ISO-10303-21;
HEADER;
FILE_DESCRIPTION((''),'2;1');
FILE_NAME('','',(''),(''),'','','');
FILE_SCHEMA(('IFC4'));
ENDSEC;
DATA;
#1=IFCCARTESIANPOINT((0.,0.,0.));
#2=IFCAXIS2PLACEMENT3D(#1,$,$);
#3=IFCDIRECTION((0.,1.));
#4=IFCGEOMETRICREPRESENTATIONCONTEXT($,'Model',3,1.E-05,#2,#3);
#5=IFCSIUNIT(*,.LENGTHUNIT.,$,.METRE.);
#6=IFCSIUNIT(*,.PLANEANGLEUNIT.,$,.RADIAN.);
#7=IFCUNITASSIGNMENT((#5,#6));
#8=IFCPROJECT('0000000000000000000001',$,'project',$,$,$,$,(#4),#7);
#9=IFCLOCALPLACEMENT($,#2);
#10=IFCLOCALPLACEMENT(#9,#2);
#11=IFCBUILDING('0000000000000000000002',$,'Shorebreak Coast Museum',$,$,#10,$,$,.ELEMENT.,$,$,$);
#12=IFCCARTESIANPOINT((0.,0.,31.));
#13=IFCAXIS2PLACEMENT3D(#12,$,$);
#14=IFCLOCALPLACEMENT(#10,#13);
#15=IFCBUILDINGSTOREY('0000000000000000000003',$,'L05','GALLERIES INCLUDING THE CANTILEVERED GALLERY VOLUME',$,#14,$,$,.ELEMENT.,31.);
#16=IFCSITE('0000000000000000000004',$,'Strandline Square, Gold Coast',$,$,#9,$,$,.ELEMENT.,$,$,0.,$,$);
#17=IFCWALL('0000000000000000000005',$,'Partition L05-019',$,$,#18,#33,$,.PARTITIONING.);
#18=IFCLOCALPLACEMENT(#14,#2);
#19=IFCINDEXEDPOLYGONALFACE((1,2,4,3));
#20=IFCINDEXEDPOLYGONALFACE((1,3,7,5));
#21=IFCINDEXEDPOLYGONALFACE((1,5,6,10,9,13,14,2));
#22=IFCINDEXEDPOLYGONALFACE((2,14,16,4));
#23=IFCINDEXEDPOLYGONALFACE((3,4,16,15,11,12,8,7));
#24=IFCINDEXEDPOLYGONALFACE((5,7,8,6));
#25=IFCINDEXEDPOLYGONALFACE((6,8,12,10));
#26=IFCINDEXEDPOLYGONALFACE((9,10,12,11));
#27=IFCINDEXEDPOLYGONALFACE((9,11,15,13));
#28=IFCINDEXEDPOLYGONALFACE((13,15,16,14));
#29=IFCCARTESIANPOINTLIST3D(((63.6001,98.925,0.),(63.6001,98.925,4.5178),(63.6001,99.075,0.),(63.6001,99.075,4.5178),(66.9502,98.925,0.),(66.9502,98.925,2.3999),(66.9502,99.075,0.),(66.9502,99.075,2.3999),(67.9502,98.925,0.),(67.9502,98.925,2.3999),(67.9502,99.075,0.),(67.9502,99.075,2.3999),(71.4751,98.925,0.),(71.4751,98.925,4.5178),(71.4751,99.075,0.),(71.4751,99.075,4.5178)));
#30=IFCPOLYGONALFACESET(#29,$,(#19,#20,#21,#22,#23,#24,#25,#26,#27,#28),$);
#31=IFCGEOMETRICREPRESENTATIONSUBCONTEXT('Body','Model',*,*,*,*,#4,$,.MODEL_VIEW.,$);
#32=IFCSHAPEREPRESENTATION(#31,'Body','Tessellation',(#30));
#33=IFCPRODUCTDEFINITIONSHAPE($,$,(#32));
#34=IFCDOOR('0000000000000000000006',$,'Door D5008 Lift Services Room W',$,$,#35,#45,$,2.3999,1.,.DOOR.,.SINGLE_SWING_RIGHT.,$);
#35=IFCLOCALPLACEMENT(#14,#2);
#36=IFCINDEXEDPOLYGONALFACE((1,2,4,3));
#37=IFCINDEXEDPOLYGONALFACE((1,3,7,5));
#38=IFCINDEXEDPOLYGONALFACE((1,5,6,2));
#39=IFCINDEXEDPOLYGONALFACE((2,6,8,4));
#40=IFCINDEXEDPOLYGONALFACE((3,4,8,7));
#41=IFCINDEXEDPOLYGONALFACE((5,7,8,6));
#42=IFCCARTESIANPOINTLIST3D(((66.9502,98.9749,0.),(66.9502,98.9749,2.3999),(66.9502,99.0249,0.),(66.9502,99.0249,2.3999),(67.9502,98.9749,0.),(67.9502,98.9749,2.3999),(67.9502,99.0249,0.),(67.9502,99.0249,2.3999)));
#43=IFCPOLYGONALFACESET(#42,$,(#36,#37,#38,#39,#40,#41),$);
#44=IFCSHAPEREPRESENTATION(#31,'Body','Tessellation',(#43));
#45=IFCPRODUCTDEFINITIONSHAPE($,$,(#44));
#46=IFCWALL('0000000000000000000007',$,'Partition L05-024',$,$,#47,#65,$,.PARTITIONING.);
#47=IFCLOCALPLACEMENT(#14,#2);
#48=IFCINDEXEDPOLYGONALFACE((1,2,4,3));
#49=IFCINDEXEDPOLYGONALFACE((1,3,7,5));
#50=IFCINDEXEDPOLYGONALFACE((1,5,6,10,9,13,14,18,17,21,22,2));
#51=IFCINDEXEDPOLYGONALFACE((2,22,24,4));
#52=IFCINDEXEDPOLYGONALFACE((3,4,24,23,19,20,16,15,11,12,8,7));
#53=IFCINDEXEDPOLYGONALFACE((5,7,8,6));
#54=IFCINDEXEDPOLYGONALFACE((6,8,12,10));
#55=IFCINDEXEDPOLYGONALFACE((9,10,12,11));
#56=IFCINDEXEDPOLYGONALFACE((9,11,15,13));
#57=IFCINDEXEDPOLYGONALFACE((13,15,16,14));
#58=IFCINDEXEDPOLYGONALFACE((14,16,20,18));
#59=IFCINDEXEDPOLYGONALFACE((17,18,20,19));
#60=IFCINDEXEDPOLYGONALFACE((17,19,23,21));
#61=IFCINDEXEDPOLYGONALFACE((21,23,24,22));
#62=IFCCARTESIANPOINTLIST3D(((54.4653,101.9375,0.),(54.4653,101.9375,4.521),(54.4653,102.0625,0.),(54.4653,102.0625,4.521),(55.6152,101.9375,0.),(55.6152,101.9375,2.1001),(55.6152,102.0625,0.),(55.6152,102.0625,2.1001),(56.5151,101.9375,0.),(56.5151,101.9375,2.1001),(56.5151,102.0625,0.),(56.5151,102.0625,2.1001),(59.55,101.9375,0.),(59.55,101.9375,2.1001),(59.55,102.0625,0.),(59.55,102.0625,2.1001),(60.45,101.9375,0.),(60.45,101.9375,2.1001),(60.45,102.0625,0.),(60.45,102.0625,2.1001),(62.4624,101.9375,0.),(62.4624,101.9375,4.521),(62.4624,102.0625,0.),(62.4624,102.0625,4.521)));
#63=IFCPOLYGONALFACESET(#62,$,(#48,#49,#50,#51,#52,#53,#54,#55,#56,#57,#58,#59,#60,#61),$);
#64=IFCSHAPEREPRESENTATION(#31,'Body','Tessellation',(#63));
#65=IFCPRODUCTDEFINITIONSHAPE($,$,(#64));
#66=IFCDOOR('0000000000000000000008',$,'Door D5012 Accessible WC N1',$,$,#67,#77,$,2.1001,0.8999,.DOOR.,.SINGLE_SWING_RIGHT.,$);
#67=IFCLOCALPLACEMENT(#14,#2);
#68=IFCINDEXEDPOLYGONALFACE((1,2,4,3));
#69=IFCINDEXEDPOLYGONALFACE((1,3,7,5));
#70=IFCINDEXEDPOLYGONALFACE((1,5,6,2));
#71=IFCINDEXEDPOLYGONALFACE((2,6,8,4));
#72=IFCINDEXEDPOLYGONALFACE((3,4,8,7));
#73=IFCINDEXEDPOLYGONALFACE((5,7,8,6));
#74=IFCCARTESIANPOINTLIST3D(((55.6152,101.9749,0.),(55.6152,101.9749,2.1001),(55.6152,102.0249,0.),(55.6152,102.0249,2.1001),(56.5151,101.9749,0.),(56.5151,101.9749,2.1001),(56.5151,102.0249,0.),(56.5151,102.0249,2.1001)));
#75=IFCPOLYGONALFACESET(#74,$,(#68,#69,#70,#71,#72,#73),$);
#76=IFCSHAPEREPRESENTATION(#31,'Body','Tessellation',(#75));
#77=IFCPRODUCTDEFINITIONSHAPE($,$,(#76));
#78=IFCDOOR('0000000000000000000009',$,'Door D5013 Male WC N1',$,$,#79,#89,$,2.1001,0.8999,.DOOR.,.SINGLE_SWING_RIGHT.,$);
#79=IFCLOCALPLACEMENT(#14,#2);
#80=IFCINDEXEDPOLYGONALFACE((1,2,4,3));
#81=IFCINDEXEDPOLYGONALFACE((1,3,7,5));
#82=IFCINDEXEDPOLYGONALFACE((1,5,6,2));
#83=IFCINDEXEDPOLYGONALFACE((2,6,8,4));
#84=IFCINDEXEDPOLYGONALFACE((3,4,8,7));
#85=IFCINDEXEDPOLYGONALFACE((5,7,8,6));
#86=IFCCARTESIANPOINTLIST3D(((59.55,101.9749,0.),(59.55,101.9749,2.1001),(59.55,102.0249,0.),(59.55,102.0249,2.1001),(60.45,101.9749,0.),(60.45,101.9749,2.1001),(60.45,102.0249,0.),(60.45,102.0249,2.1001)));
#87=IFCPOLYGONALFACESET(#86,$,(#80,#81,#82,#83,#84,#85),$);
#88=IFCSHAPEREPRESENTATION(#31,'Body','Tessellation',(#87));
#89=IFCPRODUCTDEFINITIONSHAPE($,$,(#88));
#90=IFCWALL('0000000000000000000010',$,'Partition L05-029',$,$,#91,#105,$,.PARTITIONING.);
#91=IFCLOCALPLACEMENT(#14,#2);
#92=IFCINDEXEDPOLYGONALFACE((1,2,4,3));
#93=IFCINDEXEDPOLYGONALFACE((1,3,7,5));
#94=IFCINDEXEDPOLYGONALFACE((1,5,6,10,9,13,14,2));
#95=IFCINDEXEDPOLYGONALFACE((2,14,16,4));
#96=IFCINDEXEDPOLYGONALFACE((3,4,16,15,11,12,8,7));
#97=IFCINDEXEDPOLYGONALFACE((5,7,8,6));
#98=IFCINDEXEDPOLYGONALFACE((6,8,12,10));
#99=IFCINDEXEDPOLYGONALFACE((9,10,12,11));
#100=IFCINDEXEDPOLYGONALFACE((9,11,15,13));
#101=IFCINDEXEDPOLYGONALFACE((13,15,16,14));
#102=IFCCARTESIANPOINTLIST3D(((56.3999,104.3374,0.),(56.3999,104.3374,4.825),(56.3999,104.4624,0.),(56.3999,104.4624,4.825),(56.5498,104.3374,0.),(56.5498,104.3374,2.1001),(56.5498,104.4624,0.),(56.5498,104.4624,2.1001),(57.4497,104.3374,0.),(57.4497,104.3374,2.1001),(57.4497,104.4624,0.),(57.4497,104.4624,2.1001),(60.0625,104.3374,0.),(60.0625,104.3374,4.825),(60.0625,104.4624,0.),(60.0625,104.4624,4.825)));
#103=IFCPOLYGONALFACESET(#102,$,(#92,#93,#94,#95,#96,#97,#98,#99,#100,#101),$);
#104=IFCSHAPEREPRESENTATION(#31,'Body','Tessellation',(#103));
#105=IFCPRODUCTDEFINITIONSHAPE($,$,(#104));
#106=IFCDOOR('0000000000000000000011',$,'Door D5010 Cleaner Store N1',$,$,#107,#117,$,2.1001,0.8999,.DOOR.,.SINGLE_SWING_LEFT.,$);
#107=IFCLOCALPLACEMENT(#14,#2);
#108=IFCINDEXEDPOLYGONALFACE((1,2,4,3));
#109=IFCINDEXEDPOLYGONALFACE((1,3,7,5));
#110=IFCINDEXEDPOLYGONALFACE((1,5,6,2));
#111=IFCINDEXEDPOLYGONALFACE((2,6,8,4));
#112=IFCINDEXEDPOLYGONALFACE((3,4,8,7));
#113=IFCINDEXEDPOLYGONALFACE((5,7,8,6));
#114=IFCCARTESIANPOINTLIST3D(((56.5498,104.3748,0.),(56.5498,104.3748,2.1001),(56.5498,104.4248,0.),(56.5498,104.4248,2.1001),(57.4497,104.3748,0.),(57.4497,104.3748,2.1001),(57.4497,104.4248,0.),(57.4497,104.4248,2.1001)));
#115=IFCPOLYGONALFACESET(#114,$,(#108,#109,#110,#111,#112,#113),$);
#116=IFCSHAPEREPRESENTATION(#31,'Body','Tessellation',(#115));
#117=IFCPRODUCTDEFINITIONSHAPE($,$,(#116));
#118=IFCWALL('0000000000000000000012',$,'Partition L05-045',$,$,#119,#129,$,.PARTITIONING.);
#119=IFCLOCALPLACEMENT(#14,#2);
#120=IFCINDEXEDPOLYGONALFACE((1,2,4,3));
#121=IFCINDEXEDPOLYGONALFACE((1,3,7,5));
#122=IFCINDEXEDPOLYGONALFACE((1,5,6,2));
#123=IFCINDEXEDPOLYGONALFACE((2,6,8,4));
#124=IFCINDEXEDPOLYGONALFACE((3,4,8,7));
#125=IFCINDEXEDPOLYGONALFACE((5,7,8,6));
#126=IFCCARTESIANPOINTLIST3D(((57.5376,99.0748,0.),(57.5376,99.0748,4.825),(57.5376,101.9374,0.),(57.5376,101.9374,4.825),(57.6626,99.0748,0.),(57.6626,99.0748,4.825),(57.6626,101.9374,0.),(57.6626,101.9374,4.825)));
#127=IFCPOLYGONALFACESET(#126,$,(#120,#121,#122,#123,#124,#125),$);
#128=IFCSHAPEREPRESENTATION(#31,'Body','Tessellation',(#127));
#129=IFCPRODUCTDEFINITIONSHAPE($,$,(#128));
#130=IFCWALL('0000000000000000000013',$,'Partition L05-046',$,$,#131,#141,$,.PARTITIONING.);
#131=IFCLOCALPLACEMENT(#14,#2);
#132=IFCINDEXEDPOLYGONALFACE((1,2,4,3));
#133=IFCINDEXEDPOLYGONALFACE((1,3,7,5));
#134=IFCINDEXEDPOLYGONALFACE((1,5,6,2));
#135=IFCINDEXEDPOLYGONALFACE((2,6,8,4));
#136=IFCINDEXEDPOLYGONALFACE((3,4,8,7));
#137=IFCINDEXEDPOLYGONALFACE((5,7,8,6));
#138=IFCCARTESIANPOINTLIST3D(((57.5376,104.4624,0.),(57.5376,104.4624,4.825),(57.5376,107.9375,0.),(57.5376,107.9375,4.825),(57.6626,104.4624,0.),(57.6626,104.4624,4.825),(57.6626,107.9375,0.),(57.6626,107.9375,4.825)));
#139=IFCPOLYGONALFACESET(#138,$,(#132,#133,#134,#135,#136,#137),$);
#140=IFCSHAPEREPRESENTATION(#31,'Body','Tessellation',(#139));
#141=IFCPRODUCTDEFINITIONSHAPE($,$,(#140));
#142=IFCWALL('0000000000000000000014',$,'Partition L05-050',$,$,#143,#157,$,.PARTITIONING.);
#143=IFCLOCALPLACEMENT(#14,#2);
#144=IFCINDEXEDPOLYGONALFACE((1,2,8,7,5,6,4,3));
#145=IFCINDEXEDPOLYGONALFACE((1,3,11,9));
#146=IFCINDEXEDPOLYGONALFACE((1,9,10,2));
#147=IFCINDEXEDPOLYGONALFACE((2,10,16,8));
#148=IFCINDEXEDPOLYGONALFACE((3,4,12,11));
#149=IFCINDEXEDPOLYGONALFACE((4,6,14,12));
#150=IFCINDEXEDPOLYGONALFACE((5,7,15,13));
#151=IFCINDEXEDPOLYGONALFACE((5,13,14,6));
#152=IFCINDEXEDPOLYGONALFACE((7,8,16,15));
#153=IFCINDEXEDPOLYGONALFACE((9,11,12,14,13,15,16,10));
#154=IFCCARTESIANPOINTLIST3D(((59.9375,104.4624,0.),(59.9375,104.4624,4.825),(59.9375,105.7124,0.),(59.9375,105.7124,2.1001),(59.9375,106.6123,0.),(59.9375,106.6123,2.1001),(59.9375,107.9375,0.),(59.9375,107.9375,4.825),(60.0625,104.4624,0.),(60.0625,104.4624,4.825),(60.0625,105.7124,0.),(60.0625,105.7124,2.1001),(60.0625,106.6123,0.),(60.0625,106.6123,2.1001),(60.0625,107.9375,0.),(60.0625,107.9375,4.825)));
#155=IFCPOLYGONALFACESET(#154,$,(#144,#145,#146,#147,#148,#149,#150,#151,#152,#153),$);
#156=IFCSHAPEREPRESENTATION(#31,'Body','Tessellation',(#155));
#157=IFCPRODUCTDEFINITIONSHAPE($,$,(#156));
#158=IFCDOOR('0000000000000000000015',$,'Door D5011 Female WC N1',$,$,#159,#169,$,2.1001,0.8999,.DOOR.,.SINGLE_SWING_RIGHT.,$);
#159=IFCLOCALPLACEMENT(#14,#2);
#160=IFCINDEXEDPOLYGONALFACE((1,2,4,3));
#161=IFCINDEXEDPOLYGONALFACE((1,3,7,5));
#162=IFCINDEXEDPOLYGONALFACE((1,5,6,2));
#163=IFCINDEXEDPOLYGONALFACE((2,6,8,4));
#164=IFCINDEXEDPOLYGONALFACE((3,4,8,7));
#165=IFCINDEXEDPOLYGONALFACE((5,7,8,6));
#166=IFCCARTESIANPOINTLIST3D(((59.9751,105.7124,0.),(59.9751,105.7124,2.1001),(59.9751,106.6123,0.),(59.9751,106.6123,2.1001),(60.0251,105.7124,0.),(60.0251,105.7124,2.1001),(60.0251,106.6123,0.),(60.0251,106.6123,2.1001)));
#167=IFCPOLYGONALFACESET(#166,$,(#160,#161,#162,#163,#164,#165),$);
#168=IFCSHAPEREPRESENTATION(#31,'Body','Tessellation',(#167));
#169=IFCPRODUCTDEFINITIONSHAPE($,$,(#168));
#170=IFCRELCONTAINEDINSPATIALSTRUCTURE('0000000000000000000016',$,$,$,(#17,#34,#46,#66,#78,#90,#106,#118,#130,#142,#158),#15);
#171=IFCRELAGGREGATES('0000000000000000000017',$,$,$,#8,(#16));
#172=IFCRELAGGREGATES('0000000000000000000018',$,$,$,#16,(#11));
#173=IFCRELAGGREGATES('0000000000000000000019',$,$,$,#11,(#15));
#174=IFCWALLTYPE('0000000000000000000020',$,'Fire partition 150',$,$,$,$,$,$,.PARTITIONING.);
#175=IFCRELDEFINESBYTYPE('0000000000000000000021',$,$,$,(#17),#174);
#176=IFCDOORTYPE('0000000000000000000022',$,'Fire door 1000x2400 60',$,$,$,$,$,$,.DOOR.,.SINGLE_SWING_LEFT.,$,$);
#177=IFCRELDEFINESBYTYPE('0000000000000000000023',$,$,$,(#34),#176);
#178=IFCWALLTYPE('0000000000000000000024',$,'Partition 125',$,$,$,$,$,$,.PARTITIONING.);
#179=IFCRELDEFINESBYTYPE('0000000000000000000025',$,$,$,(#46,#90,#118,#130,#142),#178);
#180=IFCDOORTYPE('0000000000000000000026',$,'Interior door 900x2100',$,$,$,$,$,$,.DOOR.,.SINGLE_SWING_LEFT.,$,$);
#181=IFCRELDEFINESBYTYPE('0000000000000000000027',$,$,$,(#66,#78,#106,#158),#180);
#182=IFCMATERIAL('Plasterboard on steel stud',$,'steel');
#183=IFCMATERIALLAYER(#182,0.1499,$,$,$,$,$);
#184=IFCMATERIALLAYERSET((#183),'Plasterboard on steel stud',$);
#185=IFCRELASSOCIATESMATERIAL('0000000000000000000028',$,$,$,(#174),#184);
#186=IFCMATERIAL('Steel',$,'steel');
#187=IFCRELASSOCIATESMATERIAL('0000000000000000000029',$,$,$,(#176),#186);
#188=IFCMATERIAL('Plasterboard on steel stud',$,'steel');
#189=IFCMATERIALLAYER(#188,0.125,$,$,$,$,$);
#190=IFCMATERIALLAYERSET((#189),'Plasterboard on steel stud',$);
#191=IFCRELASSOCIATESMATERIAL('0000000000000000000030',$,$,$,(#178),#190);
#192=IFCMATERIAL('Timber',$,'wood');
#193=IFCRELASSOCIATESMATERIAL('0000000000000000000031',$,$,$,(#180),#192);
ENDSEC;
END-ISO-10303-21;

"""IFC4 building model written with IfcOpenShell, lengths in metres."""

from ifc_helpers import new_model, si_unit, direction, frame, frame_2d, origin, place, context, subcontext, project, spatial, rectangle, extrude, material, layer, layer_set, type_object, element, fill, save


model = new_model("IFC4")

# Units and contexts
model_context = context("Model", 3, precision=1e-05, world=origin(), true_north=direction((0.0, 1.0)))
body_context = subcontext(model_context, "Body", "Model", "MODEL_VIEW")
ifc_project = project(units=[si_unit("LENGTHUNIT", "METRE"), si_unit("PLANEANGLEUNIT", "RADIAN")], contexts=[model_context])

# Site, building, storey
site_placement = place(None, origin())
site = spatial("IfcSite", under=ifc_project, at=site_placement, Name="Strandline Square, Gold Coast", CompositionType="ELEMENT", RefElevation=0.0)
building_placement = place(site_placement, origin())
building = spatial("IfcBuilding", under=site, at=building_placement, Name="Shorebreak Coast Museum", CompositionType="ELEMENT")
storey_placement = place(building_placement, frame((0.0, 0.0, 31.0)))
storey = spatial("IfcBuildingStorey", under=building, at=storey_placement, Name="L05", Description="GALLERIES INCLUDING THE CANTILEVERED GALLERY VOLUME", CompositionType="ELEMENT", Elevation=31.0)

# Shared definitions
ifc_material_1 = material(Name="Plasterboard on steel stud", Category="steel")
ifc_layer_1 = layer(ifc_material_1, 0.1499)
ifc_layer_set_1 = layer_set([ifc_layer_1], Name="Plasterboard on steel stud")
wall_type_1 = type_object("IfcWallType", Name="Fire partition 150", PredefinedType="PARTITIONING", material=ifc_layer_set_1)

# Wall, opening, door
wall_1_placement = place(storey_placement, frame((63.6001, 99.0, 0.0), z_axis=(0.0, 0.0, 1.0), x_axis=(1.0, 0.0, 0.0)))
wall_1 = element("IfcWall", 1, at=wall_1_placement, inside=storey, type_object=wall_type_1, Name="Partition L05-019", PredefinedType="PARTITIONING", context=body_context, shape_type="SweptSolid", body=[
    extrude(rectangle(XDim=7.875, YDim=0.1499, at=frame_2d((3.9375, 0.0))), origin(), (0.0, 0.0, 1.0), 4.5178),
])
opening_1_placement = place(wall_1_placement, frame((3.3501, 0.0, 0.0)))
opening_1 = element("IfcOpeningElement", 2, at=opening_1_placement, cuts=wall_1, PredefinedType="OPENING", context=body_context, shape_type="SweptSolid", body=[
    extrude(rectangle(XDim=1.0, YDim=2.3999, at=frame_2d((0.5, 1.2))), frame((0.0, 0.085, 0.0), z_axis=(0.0, -1.0, 0.0), x_axis=(1.0, 0.0, 0.0)), (0.0, 0.0, 1.0), 0.1699),
])
ifc_material_2 = material(Name="Steel", Category="steel")
door_type_1 = type_object("IfcDoorType", Name="Fire door 1000x2400 60", OperationType="SINGLE_SWING_LEFT", PredefinedType="DOOR", material=ifc_material_2)
door_1_placement = place(opening_1_placement, origin())
door_1 = element("IfcDoor", 3, at=door_1_placement, inside=storey, type_object=door_type_1, Name="Door D5008 Lift Services Room W", OperationType="SINGLE_SWING_RIGHT", OverallHeight=2.3999, OverallWidth=1.0, PredefinedType="DOOR", context=body_context, shape_type="SweptSolid", body=[
    extrude(rectangle(XDim=1.0, YDim=2.3999, at=frame_2d((0.5, 1.2))), frame((0.0, 0.0249, 0.0), z_axis=(0.0, -1.0, 0.0), x_axis=(1.0, 0.0, 0.0)), (0.0, 0.0, 1.0), 0.05),
])
fill(opening_1, door_1)

# Wall, openings, doors
ifc_material_3 = material(Name="Plasterboard on steel stud", Category="steel")
ifc_layer_2 = layer(ifc_material_3, 0.125)
ifc_layer_set_2 = layer_set([ifc_layer_2], Name="Plasterboard on steel stud")
wall_type_2 = type_object("IfcWallType", Name="Partition 125", PredefinedType="PARTITIONING", material=ifc_layer_set_2)
wall_2_placement = place(storey_placement, frame((54.4653, 102.0, 0.0), z_axis=(0.0, 0.0, 1.0), x_axis=(1.0, 0.0, 0.0)))
wall_2 = element("IfcWall", 4, at=wall_2_placement, inside=storey, type_object=wall_type_2, Name="Partition L05-024", PredefinedType="PARTITIONING", context=body_context, shape_type="SweptSolid", body=[
    extrude(rectangle(XDim=7.9971, YDim=0.125, at=frame_2d((3.9985, 0.0))), origin(), (0.0, 0.0, 1.0), 4.521),
])
opening_2_placement = place(wall_2_placement, frame((1.1499, 0.0, 0.0)))
opening_2 = element("IfcOpeningElement", 5, at=opening_2_placement, cuts=wall_2, PredefinedType="OPENING", context=body_context, shape_type="SweptSolid", body=[
    extrude(rectangle(XDim=0.8999, YDim=2.1001, at=frame_2d((0.45, 1.05))), frame((0.0, 0.0725, 0.0), z_axis=(0.0, -1.0, 0.0), x_axis=(1.0, 0.0, 0.0)), (0.0, 0.0, 1.0), 0.145),
])
opening_3_placement = place(wall_2_placement, frame((5.0847, 0.0, 0.0)))
opening_3 = element("IfcOpeningElement", 6, at=opening_3_placement, cuts=wall_2, PredefinedType="OPENING", context=body_context, shape_type="SweptSolid", body=[
    extrude(rectangle(XDim=0.8999, YDim=2.1001, at=frame_2d((0.45, 1.05))), frame((0.0, 0.0725, 0.0), z_axis=(0.0, -1.0, 0.0), x_axis=(1.0, 0.0, 0.0)), (0.0, 0.0, 1.0), 0.145),
])
ifc_material_4 = material(Name="Timber", Category="wood")
door_type_2 = type_object("IfcDoorType", Name="Interior door 900x2100", OperationType="SINGLE_SWING_LEFT", PredefinedType="DOOR", material=ifc_material_4)
door_2_placement = place(opening_2_placement, origin())
door_2 = element("IfcDoor", 7, at=door_2_placement, inside=storey, type_object=door_type_2, Name="Door D5012 Accessible WC N1", OperationType="SINGLE_SWING_RIGHT", OverallHeight=2.1001, OverallWidth=0.8999, PredefinedType="DOOR", context=body_context, shape_type="SweptSolid", body=[
    extrude(rectangle(XDim=0.8999, YDim=2.1001, at=frame_2d((0.45, 1.05))), frame((0.0, 0.0249, 0.0), z_axis=(0.0, -1.0, 0.0), x_axis=(1.0, 0.0, 0.0)), (0.0, 0.0, 1.0), 0.05),
])
fill(opening_2, door_2)
door_3_placement = place(opening_3_placement, origin())
door_3 = element("IfcDoor", 8, at=door_3_placement, inside=storey, type_object=door_type_2, Name="Door D5013 Male WC N1", OperationType="SINGLE_SWING_RIGHT", OverallHeight=2.1001, OverallWidth=0.8999, PredefinedType="DOOR", context=body_context, shape_type="SweptSolid", body=[
    extrude(rectangle(XDim=0.8999, YDim=2.1001, at=frame_2d((0.45, 1.05))), frame((0.0, 0.0249, 0.0), z_axis=(0.0, -1.0, 0.0), x_axis=(1.0, 0.0, 0.0)), (0.0, 0.0, 1.0), 0.05),
])
fill(opening_3, door_3)

# Wall, opening, door
wall_3_placement = place(storey_placement, frame((56.3999, 104.3999, 0.0), z_axis=(0.0, 0.0, 1.0), x_axis=(1.0, 0.0, 0.0)))
wall_3 = element("IfcWall", 9, at=wall_3_placement, inside=storey, type_object=wall_type_2, Name="Partition L05-029", PredefinedType="PARTITIONING", context=body_context, shape_type="SweptSolid", body=[
    extrude(rectangle(XDim=3.6626, YDim=0.125, at=frame_2d((1.8313, 0.0))), origin(), (0.0, 0.0, 1.0), 4.825),
])
opening_4_placement = place(wall_3_placement, frame((0.1499, 0.0, 0.0)))
opening_4 = element("IfcOpeningElement", 10, at=opening_4_placement, cuts=wall_3, PredefinedType="OPENING", context=body_context, shape_type="SweptSolid", body=[
    extrude(rectangle(XDim=0.8999, YDim=2.1001, at=frame_2d((0.45, 1.05))), frame((0.0, 0.0725, 0.0), z_axis=(0.0, -1.0, 0.0), x_axis=(1.0, 0.0, 0.0)), (0.0, 0.0, 1.0), 0.145),
])
door_4_placement = place(opening_4_placement, origin())
door_4 = element("IfcDoor", 11, at=door_4_placement, inside=storey, type_object=door_type_2, Name="Door D5010 Cleaner Store N1", OperationType="SINGLE_SWING_LEFT", OverallHeight=2.1001, OverallWidth=0.8999, PredefinedType="DOOR", context=body_context, shape_type="SweptSolid", body=[
    extrude(rectangle(XDim=0.8999, YDim=2.1001, at=frame_2d((0.45, 1.05))), frame((0.0, 0.0249, 0.0), z_axis=(0.0, -1.0, 0.0), x_axis=(1.0, 0.0, 0.0)), (0.0, 0.0, 1.0), 0.05),
])
fill(opening_4, door_4)

# Walls
wall_4_placement = place(storey_placement, frame((57.6001, 99.075, 0.0), z_axis=(0.0, 0.0, 1.0), x_axis=(0.0, 1.0, 0.0)))
element("IfcWall", 12, at=wall_4_placement, inside=storey, type_object=wall_type_2, Name="Partition L05-045", PredefinedType="PARTITIONING", context=body_context, shape_type="SweptSolid", body=[
    extrude(rectangle(XDim=2.8625, YDim=0.125, at=frame_2d((1.4312, 0.0))), origin(), (0.0, 0.0, 1.0), 4.825),
])
wall_5_placement = place(storey_placement, frame((57.6001, 104.4624, 0.0), z_axis=(0.0, 0.0, 1.0), x_axis=(0.0, 1.0, 0.0)))
element("IfcWall", 13, at=wall_5_placement, inside=storey, type_object=wall_type_2, Name="Partition L05-046", PredefinedType="PARTITIONING", context=body_context, shape_type="SweptSolid", body=[
    extrude(rectangle(XDim=3.4751, YDim=0.125, at=frame_2d((1.7375, 0.0))), origin(), (0.0, 0.0, 1.0), 4.825),
])

# Wall, opening, door
wall_6_placement = place(storey_placement, frame((60.0, 104.4624, 0.0), z_axis=(0.0, 0.0, 1.0), x_axis=(0.0, 1.0, 0.0)))
wall_6 = element("IfcWall", 14, at=wall_6_placement, inside=storey, type_object=wall_type_2, Name="Partition L05-050", PredefinedType="PARTITIONING", context=body_context, shape_type="SweptSolid", body=[
    extrude(rectangle(XDim=3.4751, YDim=0.125, at=frame_2d((1.7375, 0.0))), origin(), (0.0, 0.0, 1.0), 4.825),
])
opening_5_placement = place(wall_6_placement, frame((1.25, 0.0, 0.0)))
opening_5 = element("IfcOpeningElement", 15, at=opening_5_placement, cuts=wall_6, PredefinedType="OPENING", context=body_context, shape_type="SweptSolid", body=[
    extrude(rectangle(XDim=0.8999, YDim=2.1001, at=frame_2d((0.45, 1.05))), frame((0.0, 0.0725, 0.0), z_axis=(0.0, -1.0, 0.0), x_axis=(1.0, 0.0, 0.0)), (0.0, 0.0, 1.0), 0.145),
])
door_5_placement = place(opening_5_placement, origin())
door_5 = element("IfcDoor", 16, at=door_5_placement, inside=storey, type_object=door_type_2, Name="Door D5011 Female WC N1", OperationType="SINGLE_SWING_RIGHT", OverallHeight=2.1001, OverallWidth=0.8999, PredefinedType="DOOR", context=body_context, shape_type="SweptSolid", body=[
    extrude(rectangle(XDim=0.8999, YDim=2.1001, at=frame_2d((0.45, 1.05))), frame((0.0, 0.0249, 0.0), z_axis=(0.0, -1.0, 0.0), x_axis=(1.0, 0.0, 0.0)), (0.0, 0.0, 1.0), 0.05),
])
fill(opening_5, door_5)

save(model, "model.ifc")
